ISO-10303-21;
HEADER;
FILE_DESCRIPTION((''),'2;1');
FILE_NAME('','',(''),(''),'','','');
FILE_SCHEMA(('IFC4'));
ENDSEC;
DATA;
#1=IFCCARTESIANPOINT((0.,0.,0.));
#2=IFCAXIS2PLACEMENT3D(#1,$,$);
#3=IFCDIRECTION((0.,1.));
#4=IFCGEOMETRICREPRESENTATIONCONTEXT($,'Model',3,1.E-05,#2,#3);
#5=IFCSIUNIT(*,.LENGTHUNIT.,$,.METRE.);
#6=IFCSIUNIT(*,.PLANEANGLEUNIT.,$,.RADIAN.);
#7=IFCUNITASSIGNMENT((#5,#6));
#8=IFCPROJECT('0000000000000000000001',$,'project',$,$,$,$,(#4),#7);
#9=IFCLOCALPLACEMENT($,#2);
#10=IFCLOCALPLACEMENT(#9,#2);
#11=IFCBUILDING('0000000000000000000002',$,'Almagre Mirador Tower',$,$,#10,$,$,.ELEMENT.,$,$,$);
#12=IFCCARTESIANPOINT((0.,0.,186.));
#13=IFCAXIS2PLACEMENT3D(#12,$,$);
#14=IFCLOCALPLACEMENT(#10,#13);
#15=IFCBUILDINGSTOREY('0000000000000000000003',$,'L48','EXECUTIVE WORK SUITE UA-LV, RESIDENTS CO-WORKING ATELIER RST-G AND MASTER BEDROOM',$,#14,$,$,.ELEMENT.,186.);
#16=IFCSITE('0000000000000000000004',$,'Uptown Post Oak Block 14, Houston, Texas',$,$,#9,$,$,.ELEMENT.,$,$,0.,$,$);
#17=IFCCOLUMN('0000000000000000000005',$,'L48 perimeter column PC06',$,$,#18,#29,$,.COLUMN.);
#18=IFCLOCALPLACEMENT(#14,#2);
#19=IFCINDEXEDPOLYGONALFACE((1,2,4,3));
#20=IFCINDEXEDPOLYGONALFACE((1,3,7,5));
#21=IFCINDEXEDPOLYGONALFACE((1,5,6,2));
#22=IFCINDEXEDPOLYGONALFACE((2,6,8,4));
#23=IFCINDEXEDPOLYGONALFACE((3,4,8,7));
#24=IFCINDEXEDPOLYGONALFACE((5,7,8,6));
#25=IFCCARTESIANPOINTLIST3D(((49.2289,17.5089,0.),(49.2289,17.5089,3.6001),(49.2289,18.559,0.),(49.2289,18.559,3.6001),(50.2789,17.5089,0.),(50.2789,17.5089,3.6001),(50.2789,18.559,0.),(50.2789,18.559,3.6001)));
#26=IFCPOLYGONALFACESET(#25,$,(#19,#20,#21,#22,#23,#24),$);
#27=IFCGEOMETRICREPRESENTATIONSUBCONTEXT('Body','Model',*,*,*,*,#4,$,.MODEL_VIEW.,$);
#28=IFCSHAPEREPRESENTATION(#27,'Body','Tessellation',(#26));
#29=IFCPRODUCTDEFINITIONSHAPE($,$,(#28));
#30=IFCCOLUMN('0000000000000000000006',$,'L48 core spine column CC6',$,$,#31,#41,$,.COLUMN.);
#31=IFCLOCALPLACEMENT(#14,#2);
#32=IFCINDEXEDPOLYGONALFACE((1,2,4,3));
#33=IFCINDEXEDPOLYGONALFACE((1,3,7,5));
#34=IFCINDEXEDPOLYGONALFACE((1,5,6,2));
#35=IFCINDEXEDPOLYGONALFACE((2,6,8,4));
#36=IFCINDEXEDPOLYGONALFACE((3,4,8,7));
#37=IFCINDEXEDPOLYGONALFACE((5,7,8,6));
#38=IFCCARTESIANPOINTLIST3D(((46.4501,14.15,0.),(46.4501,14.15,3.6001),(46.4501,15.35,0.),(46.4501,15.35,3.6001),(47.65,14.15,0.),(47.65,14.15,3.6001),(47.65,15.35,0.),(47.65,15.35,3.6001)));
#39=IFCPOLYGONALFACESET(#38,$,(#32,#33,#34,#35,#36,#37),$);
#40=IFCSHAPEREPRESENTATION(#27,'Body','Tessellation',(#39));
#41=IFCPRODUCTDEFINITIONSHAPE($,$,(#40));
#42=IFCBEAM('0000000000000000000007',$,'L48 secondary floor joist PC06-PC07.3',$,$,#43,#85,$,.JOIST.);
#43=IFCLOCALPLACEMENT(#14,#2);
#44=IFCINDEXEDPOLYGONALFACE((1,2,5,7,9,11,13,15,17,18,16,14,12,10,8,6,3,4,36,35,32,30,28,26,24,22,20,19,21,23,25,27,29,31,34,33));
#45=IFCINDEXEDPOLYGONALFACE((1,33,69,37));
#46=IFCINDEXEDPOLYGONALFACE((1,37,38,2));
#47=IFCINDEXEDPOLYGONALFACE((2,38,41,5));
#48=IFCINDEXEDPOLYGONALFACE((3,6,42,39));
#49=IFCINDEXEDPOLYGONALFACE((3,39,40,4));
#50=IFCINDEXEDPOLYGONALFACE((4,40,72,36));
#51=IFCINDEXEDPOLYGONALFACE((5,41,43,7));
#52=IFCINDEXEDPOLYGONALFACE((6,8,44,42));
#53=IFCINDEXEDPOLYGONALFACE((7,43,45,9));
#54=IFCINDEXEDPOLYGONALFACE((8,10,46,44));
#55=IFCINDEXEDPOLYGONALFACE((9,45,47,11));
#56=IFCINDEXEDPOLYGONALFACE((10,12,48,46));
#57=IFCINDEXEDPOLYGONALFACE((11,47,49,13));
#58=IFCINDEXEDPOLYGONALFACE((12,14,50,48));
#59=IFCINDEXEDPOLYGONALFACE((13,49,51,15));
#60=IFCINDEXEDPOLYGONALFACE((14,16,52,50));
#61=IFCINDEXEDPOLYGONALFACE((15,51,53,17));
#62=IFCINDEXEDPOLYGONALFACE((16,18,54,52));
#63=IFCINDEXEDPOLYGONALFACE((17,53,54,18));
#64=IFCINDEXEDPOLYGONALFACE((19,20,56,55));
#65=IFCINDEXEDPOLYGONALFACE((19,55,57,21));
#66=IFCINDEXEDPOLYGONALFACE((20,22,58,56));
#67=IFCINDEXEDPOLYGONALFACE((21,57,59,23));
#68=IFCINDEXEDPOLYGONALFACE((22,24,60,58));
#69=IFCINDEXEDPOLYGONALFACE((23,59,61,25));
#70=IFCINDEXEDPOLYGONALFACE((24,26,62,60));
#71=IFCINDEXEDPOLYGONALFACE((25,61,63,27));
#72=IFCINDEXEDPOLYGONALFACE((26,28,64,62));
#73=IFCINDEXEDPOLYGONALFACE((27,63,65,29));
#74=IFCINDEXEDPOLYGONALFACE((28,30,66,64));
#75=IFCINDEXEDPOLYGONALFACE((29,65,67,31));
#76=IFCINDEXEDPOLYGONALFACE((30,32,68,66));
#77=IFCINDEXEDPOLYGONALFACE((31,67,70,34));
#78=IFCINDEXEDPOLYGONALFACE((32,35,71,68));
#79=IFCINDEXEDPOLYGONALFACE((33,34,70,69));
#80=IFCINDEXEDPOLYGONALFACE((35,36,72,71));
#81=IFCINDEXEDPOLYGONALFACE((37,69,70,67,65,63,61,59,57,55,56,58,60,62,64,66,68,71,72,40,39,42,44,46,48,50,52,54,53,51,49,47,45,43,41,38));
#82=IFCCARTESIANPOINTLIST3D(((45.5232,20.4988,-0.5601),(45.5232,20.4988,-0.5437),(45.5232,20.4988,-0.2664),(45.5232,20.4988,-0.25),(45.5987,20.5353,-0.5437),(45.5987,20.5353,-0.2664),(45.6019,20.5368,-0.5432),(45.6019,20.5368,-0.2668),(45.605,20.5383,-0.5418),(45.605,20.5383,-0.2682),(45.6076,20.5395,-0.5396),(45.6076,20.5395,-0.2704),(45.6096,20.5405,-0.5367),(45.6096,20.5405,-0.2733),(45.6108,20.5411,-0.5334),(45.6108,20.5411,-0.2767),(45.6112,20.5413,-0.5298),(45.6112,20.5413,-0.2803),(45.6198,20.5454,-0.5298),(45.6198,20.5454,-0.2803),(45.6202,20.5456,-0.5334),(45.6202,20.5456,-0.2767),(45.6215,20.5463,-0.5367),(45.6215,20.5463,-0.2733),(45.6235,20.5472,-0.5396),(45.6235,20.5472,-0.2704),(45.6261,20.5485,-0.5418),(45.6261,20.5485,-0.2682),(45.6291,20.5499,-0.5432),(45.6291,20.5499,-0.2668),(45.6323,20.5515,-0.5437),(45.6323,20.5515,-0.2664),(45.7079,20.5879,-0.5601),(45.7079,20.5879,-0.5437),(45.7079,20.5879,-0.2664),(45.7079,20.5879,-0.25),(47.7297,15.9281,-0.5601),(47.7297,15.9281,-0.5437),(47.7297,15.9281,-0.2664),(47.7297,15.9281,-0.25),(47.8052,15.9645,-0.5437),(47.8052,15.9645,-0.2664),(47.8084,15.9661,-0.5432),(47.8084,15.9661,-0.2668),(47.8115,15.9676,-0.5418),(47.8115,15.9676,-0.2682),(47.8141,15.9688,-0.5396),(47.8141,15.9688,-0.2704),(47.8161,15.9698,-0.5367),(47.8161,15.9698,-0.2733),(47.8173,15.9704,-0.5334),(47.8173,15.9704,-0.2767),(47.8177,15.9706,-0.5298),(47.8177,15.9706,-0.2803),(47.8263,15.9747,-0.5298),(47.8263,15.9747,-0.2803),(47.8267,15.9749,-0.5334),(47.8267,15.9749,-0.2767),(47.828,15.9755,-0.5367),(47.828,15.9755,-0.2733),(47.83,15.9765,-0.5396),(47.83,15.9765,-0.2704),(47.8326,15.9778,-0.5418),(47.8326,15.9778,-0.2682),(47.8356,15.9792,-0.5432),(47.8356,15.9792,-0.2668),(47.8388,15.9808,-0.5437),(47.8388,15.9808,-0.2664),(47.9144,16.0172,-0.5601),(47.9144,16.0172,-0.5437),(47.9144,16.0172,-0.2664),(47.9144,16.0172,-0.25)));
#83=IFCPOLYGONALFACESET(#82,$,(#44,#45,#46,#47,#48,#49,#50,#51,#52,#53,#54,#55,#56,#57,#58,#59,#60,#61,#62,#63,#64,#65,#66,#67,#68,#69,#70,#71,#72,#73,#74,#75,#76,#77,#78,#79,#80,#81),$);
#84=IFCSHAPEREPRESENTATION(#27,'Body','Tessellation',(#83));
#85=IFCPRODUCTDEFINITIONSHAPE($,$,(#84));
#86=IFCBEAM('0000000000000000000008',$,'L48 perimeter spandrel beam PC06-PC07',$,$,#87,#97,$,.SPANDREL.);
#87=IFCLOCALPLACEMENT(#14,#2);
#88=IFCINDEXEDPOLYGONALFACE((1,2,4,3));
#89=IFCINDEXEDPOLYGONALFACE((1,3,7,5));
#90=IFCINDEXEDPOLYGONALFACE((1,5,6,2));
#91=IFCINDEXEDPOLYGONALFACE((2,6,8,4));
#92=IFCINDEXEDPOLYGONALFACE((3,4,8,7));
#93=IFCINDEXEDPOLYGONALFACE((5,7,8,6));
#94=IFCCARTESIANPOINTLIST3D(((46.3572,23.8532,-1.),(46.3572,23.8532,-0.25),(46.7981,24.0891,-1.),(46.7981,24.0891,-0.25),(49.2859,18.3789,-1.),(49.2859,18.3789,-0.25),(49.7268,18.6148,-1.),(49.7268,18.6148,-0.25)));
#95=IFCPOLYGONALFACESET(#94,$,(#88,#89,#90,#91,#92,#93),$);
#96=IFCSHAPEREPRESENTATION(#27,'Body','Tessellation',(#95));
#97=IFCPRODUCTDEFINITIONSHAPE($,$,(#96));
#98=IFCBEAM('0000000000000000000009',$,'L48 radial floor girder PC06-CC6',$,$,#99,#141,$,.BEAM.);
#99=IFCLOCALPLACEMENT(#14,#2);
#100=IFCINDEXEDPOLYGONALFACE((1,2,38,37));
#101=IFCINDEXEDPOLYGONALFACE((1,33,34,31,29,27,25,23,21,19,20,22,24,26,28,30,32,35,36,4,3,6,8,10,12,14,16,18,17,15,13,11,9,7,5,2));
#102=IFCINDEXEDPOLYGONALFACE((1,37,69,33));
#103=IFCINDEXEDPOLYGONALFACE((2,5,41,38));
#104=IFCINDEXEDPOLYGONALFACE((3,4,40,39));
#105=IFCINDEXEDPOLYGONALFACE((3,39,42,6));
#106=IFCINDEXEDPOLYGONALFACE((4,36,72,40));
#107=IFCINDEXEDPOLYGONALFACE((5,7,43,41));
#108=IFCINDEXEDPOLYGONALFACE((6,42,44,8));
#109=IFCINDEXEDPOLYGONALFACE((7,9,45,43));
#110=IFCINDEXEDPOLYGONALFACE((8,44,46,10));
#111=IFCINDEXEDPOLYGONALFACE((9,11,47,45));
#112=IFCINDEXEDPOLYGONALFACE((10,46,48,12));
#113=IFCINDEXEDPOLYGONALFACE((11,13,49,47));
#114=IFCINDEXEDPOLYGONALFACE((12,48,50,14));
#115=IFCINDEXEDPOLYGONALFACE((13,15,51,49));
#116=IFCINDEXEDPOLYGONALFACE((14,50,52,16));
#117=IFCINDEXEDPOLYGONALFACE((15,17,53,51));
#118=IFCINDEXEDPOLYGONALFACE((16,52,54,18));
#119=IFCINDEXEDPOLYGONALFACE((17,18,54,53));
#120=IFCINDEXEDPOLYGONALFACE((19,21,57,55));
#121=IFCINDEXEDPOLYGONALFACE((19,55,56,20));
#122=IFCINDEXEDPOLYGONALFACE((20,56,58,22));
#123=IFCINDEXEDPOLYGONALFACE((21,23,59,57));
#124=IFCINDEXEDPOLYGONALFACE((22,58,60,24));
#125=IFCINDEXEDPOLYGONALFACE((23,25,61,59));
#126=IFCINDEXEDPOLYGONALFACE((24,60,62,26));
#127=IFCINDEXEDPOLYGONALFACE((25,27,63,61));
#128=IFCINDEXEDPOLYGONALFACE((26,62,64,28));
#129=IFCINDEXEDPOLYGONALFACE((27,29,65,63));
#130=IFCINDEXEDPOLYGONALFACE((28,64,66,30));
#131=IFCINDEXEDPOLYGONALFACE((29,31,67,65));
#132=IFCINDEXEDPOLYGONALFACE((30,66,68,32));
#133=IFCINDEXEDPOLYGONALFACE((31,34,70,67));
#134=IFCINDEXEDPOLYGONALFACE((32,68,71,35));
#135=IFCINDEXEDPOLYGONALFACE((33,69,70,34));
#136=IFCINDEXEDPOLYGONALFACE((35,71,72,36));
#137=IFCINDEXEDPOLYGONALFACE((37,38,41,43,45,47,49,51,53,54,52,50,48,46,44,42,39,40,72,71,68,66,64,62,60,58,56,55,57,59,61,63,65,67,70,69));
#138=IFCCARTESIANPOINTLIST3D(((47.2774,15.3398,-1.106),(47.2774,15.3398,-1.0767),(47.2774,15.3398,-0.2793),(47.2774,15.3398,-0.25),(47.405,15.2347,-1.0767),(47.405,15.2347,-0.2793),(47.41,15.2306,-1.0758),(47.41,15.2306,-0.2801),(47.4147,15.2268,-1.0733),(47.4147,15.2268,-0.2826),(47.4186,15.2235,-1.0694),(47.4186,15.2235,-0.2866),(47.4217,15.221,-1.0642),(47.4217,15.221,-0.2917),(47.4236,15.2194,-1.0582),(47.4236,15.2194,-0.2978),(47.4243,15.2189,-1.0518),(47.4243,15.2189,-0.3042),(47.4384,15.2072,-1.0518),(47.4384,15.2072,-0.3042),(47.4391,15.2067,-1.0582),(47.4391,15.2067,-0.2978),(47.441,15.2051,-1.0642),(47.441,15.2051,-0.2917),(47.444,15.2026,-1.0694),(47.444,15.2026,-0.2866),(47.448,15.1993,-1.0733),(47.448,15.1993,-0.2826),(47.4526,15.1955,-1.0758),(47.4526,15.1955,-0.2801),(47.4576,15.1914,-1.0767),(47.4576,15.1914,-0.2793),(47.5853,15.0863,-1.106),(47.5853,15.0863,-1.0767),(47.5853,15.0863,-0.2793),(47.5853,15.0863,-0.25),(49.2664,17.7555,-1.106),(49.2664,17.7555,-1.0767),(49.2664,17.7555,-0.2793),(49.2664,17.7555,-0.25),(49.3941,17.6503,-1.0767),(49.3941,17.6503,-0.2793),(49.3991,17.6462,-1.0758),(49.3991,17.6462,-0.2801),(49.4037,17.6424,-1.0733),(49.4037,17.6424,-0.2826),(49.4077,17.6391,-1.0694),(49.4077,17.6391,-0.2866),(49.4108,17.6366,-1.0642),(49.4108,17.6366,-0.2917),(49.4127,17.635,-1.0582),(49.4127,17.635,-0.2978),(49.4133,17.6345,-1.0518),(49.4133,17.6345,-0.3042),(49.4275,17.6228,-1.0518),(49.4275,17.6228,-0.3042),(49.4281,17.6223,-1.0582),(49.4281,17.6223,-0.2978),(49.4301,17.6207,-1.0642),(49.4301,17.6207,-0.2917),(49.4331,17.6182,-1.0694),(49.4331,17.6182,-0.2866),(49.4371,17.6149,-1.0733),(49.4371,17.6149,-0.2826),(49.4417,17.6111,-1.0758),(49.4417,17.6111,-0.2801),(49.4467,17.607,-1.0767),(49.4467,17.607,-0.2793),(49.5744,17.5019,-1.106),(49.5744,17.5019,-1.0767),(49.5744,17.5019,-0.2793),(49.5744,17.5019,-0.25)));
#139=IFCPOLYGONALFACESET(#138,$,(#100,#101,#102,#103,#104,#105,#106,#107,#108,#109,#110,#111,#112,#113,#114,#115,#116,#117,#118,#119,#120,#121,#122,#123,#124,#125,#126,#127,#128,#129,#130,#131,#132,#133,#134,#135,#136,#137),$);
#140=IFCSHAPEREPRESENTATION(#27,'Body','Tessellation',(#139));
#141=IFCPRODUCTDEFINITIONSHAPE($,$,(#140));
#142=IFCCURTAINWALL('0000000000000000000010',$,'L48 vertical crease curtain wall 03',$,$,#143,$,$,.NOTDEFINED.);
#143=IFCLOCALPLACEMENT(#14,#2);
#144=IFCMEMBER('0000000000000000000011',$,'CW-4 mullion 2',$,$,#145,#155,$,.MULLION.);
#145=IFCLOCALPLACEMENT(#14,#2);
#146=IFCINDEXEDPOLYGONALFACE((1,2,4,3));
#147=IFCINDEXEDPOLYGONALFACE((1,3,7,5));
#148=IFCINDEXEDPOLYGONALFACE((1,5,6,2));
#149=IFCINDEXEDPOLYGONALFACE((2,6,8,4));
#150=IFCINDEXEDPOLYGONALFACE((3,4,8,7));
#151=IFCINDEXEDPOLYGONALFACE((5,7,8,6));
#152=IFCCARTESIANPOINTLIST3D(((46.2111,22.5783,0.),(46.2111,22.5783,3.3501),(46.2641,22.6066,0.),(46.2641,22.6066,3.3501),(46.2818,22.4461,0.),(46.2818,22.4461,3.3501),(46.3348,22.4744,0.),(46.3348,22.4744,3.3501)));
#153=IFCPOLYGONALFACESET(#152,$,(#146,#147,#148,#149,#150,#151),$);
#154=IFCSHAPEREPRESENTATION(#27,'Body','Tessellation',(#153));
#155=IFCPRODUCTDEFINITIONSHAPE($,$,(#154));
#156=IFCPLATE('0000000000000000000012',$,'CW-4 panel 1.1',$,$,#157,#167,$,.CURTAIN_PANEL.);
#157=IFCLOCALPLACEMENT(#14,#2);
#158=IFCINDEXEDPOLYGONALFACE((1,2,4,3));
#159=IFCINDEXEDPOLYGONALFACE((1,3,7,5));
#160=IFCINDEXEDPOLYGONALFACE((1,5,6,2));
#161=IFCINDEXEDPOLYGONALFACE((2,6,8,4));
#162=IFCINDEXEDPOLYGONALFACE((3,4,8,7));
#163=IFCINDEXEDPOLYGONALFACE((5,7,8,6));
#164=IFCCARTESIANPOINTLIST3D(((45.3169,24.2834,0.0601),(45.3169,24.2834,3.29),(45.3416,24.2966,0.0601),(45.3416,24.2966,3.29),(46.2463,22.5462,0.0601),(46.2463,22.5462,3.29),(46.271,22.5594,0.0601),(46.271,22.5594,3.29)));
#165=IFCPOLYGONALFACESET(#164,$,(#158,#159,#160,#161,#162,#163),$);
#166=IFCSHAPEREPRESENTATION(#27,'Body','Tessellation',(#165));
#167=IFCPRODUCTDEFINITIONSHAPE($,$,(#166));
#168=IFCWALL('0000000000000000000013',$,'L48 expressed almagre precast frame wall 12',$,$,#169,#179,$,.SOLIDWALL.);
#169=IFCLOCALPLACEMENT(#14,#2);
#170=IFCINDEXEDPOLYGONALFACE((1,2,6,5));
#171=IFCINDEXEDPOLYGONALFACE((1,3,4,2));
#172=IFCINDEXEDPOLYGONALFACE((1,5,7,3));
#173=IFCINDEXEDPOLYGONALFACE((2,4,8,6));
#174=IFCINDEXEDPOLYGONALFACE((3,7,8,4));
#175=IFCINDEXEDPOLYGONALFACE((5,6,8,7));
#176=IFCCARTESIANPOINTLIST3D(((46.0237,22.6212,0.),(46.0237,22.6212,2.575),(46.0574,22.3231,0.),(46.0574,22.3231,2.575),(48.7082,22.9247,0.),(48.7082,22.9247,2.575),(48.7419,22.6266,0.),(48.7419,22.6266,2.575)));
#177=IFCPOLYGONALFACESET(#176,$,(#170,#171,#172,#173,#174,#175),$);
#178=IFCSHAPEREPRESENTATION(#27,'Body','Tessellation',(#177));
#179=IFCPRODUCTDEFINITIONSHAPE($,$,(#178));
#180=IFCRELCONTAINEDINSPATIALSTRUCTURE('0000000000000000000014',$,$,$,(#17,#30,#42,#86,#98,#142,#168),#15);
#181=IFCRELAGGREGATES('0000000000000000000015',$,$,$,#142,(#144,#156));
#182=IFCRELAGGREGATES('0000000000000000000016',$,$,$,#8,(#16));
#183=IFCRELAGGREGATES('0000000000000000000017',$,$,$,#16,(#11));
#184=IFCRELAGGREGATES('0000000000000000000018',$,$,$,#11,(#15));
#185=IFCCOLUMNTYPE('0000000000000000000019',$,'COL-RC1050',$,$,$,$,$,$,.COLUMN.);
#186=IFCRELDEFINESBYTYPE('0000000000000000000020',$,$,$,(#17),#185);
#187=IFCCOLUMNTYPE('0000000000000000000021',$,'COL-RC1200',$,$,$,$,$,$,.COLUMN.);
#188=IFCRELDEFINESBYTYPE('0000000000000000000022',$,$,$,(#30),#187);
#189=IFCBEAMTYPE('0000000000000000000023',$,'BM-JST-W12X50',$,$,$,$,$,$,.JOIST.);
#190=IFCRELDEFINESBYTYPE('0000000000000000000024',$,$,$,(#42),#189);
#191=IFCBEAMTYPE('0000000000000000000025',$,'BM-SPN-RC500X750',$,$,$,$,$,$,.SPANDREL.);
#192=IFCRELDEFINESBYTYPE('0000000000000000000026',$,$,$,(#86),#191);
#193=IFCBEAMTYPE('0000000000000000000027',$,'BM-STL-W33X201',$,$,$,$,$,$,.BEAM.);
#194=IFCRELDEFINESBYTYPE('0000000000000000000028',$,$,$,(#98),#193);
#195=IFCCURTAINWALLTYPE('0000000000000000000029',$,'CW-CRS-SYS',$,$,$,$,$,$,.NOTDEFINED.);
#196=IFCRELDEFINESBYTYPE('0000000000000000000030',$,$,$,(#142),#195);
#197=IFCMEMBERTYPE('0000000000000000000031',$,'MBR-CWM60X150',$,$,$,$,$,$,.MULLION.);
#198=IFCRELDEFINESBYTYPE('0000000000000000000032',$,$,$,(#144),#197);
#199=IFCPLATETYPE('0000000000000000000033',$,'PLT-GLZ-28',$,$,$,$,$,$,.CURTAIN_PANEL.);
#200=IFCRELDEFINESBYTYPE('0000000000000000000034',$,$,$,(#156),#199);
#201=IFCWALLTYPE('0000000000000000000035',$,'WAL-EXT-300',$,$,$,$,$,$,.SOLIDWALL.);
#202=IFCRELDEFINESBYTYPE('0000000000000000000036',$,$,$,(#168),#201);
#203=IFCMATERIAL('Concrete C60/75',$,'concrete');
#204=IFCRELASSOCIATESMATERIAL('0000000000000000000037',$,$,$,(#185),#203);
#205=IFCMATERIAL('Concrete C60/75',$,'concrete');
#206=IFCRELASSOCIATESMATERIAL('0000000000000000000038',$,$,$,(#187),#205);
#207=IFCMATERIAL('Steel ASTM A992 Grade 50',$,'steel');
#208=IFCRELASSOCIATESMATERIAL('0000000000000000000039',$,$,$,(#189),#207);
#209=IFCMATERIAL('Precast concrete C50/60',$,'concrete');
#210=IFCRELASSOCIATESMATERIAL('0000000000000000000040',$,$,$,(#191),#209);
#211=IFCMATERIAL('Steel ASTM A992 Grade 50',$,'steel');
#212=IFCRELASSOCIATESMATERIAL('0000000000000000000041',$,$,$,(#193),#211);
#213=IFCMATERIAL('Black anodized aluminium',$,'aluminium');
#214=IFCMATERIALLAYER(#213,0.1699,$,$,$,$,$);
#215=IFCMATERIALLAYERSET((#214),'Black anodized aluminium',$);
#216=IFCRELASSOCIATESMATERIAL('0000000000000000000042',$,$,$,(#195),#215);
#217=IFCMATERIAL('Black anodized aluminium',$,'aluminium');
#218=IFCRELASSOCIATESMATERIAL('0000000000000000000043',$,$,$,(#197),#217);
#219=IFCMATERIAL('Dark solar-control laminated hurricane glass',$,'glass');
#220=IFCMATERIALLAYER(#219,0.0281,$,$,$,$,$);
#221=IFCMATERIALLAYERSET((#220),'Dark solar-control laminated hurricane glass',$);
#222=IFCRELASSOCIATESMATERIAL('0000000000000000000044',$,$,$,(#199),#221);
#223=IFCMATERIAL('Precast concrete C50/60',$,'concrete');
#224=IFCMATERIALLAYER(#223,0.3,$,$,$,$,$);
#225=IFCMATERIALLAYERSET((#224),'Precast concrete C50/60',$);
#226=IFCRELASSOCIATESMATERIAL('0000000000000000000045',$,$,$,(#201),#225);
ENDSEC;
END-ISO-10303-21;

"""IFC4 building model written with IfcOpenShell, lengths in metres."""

from ifc_helpers import new_model, si_unit, direction, frame, frame_2d, origin, origin_2d, place, context, subcontext, project, spatial, rectangle, i_section, extrude, material, layer, layer_set, material_profile, profile_set, type_object, element, aggregate, save


model = new_model("IFC4")

# Units and contexts
model_context = context("Model", 3, precision=1e-05, world=origin(), true_north=direction((0.0, 1.0)))
body_context = subcontext(model_context, "Body", "Model", "MODEL_VIEW")
ifc_project = project(units=[si_unit("LENGTHUNIT", "METRE"), si_unit("PLANEANGLEUNIT", "RADIAN")], contexts=[model_context])

# Site, building, storey
site_placement = place(None, origin())
site = spatial("IfcSite", under=ifc_project, at=site_placement, Name="Uptown Post Oak Block 14, Houston, Texas", CompositionType="ELEMENT", RefElevation=0.0)
building_placement = place(site_placement, origin())
building = spatial("IfcBuilding", under=site, at=building_placement, Name="Almagre Mirador Tower", CompositionType="ELEMENT")
storey_placement = place(building_placement, frame((0.0, 0.0, 186.0)))
storey = spatial("IfcBuildingStorey", under=building, at=storey_placement, Name="L48", Description="EXECUTIVE WORK SUITE UA-LV, RESIDENTS CO-WORKING ATELIER RST-G AND MASTER BEDROOM", CompositionType="ELEMENT", Elevation=186.0)

# Columns
ifc_material_1 = material(Name="Concrete C60/75", Category="concrete")
ifc_material_profile_1 = material_profile(ifc_material_1, rectangle(XDim=1.05, YDim=1.05, at=origin_2d()), Name="RC1050X1050")
ifc_profile_set_1 = profile_set([ifc_material_profile_1], Name="Concrete C60/75")
column_type_1 = type_object("IfcColumnType", Name="COL-RC1050", PredefinedType="COLUMN", material=ifc_profile_set_1)
column_1_placement = place(storey_placement, frame((49.7539, 18.0339, 0.0), z_axis=(0.0, 0.0, 1.0), x_axis=(1.0, 0.0, 0.0)))
element("IfcColumn", 1, at=column_1_placement, inside=storey, type_object=column_type_1, Name="L48 perimeter column PC06", PredefinedType="COLUMN", context=body_context, shape_type="SweptSolid", body=[
    extrude(rectangle(XDim=1.05, YDim=1.05, at=origin_2d()), origin(), (0.0, 0.0, 1.0), 3.6001),
])
ifc_material_2 = material(Name="Concrete C60/75", Category="concrete")
ifc_material_profile_2 = material_profile(ifc_material_2, rectangle(XDim=1.2, YDim=1.2, at=origin_2d()), Name="RC1200X1200")
ifc_profile_set_2 = profile_set([ifc_material_profile_2], Name="Concrete C60/75")
column_type_2 = type_object("IfcColumnType", Name="COL-RC1200", PredefinedType="COLUMN", material=ifc_profile_set_2)
column_2_placement = place(storey_placement, frame((47.05, 14.75, 0.0), z_axis=(0.0, 0.0, 1.0), x_axis=(1.0, 0.0, 0.0)))
element("IfcColumn", 2, at=column_2_placement, inside=storey, type_object=column_type_2, Name="L48 core spine column CC6", PredefinedType="COLUMN", context=body_context, shape_type="SweptSolid", body=[
    extrude(rectangle(XDim=1.2, YDim=1.2, at=origin_2d()), origin(), (0.0, 0.0, 1.0), 3.6001),
])

# Beams
ifc_material_3 = material(Name="Steel ASTM A992 Grade 50", Category="steel")
ifc_material_profile_3 = material_profile(ifc_material_3, i_section(OverallWidth=0.2051, OverallDepth=0.3101, WebThickness=0.0095, FlangeThickness=0.0164, FilletRadius=0.0139, at=origin_2d()), Name="W12X50")
ifc_profile_set_3 = profile_set([ifc_material_profile_3], Name="Steel ASTM A992 Grade 50")
beam_type_1 = type_object("IfcBeamType", Name="BM-JST-W12X50", PredefinedType="JOIST", material=ifc_profile_set_3)
beam_1_placement = place(storey_placement, frame((47.822, 15.9727, -0.405), z_axis=(-0.434741, 0.900556, 0.0), x_axis=(-0.900556, -0.434741, 0.0)))
element("IfcBeam", 3, at=beam_1_placement, inside=storey, type_object=beam_type_1, Name="L48 secondary floor joist PC06-PC07.3", PredefinedType="JOIST", context=body_context, shape_type="SweptSolid", body=[
    extrude(i_section(OverallWidth=0.2051, OverallDepth=0.3101, WebThickness=0.0095, FlangeThickness=0.0164, FilletRadius=0.0139, at=origin_2d()), origin(), (0.0, 0.0, 1.0), 5.0754),
])
ifc_material_4 = material(Name="Precast concrete C50/60", Category="concrete")
ifc_material_profile_4 = material_profile(ifc_material_4, rectangle(XDim=0.5, YDim=0.75, at=origin_2d()), Name="RC500X750")
ifc_profile_set_4 = profile_set([ifc_material_profile_4], Name="Precast concrete C50/60")
beam_type_2 = type_object("IfcBeamType", Name="BM-SPN-RC500X750", PredefinedType="SPANDREL", material=ifc_profile_set_4)
beam_2_placement = place(storey_placement, frame((49.5063, 18.4968, -0.625), z_axis=(-0.471723, 0.881747, 0.0), x_axis=(-0.881747, -0.471723, 0.0)))
element("IfcBeam", 4, at=beam_2_placement, inside=storey, type_object=beam_type_2, Name="L48 perimeter spandrel beam PC06-PC07", PredefinedType="SPANDREL", context=body_context, shape_type="SweptSolid", body=[
    extrude(rectangle(XDim=0.5, YDim=0.75, at=origin_2d()), origin(), (0.0, 0.0, 1.0), 6.2085),
])
ifc_material_5 = material(Name="Steel ASTM A992 Grade 50", Category="steel")
ifc_material_profile_5 = material_profile(ifc_material_5, i_section(OverallWidth=0.3989, OverallDepth=0.856, WebThickness=0.0183, FlangeThickness=0.0293, FilletRadius=0.0249, at=origin_2d()), Name="W33X201")
ifc_profile_set_5 = profile_set([ifc_material_profile_5], Name="Steel ASTM A992 Grade 50")
beam_type_3 = type_object("IfcBeamType", Name="BM-STL-W33X201", PredefinedType="BEAM", material=ifc_profile_set_5)
beam_3_placement = place(storey_placement, frame((49.4204, 17.6287, -0.678), z_axis=(-0.635661, -0.771969, 0.0), x_axis=(0.771969, -0.635661, 0.0)))
element("IfcBeam", 5, at=beam_3_placement, inside=storey, type_object=beam_type_3, Name="L48 radial floor girder PC06-CC6", PredefinedType="BEAM", context=body_context, shape_type="SweptSolid", body=[
    extrude(i_section(OverallWidth=0.3989, OverallDepth=0.856, WebThickness=0.0183, FlangeThickness=0.0293, FilletRadius=0.0249, at=origin_2d()), origin(), (0.0, 0.0, 1.0), 3.1292),
])

# Curtain wall, member, plate
ifc_material_6 = material(Name="Black anodized aluminium", Category="aluminium")
ifc_layer_1 = layer(ifc_material_6, 0.1699)
ifc_layer_set_1 = layer_set([ifc_layer_1], Name="Black anodized aluminium")
curtain_wall_type = type_object("IfcCurtainWallType", Name="CW-CRS-SYS", PredefinedType="NOTDEFINED", material=ifc_layer_set_1)
curtain_wall_placement = place(storey_placement, origin())
curtain_wall = element("IfcCurtainWall", 6, at=curtain_wall_placement, inside=storey, type_object=curtain_wall_type, Name="L48 vertical crease curtain wall 03", PredefinedType="NOTDEFINED")
ifc_material_7 = material(Name="Black anodized aluminium", Category="aluminium")
ifc_material_profile_6 = material_profile(ifc_material_7, rectangle(XDim=0.0601, YDim=0.1499, at=origin_2d()), Name="CWM60X150")
ifc_profile_set_6 = profile_set([ifc_material_profile_6], Name="Black anodized aluminium")
member_type = type_object("IfcMemberType", Name="MBR-CWM60X150", PredefinedType="MULLION", material=ifc_profile_set_6)
member_placement = place(storey_placement, frame((46.2729, 22.5264, 0.0), z_axis=(0.0, 0.0, 1.0), x_axis=(0.881743, 0.47173, 0.0)))
member = element("IfcMember", 7, at=member_placement, type_object=member_type, Name="CW-4 mullion 2", PredefinedType="MULLION", context=body_context, shape_type="SweptSolid", body=[
    extrude(rectangle(XDim=0.0601, YDim=0.1499, at=origin_2d()), origin(), (0.0, 0.0, 1.0), 3.3501),
])
ifc_material_8 = material(Name="Dark solar-control laminated hurricane glass", Category="glass")
ifc_layer_2 = layer(ifc_material_8, 0.0281)
ifc_layer_set_2 = layer_set([ifc_layer_2], Name="Dark solar-control laminated hurricane glass")
plate_type = type_object("IfcPlateType", Name="PLT-GLZ-28", PredefinedType="CURTAIN_PANEL", material=ifc_layer_set_2)
plate_placement = place(storey_placement, frame((45.7939, 23.4214, 0.0601), z_axis=(0.0, 0.0, 1.0), x_axis=(0.47173, -0.881743, 0.0)))
plate = element("IfcPlate", 8, at=plate_placement, type_object=plate_type, Name="CW-4 panel 1.1", PredefinedType="CURTAIN_PANEL", context=body_context, shape_type="SweptSolid", body=[
    extrude(rectangle(XDim=1.9702, YDim=0.0281, at=origin_2d()), origin(), (0.0, 0.0, 1.0), 3.23),
])
aggregate(curtain_wall, [member, plate])

# Wall
ifc_material_9 = material(Name="Precast concrete C50/60", Category="concrete")
ifc_layer_3 = layer(ifc_material_9, 0.3)
ifc_layer_set_3 = layer_set([ifc_layer_3], Name="Precast concrete C50/60")
wall_type_1 = type_object("IfcWallType", Name="WAL-EXT-300", PredefinedType="SOLIDWALL", material=ifc_layer_set_3)
wall_1_placement = place(storey_placement, frame((46.0405, 22.4722, 0.0), z_axis=(0.0, 0.0, 1.0), x_axis=(0.993671, 0.112326, 0.0)))
element("IfcWall", 9, at=wall_1_placement, inside=storey, type_object=wall_type_1, Name="L48 expressed almagre precast frame wall 12", PredefinedType="SOLIDWALL", context=body_context, shape_type="SweptSolid", body=[
    extrude(rectangle(XDim=2.7017, YDim=0.3, at=frame_2d((1.3508, 0.0))), origin(), (0.0, 0.0, 1.0), 2.575),
])

save(model, "model.ifc")
